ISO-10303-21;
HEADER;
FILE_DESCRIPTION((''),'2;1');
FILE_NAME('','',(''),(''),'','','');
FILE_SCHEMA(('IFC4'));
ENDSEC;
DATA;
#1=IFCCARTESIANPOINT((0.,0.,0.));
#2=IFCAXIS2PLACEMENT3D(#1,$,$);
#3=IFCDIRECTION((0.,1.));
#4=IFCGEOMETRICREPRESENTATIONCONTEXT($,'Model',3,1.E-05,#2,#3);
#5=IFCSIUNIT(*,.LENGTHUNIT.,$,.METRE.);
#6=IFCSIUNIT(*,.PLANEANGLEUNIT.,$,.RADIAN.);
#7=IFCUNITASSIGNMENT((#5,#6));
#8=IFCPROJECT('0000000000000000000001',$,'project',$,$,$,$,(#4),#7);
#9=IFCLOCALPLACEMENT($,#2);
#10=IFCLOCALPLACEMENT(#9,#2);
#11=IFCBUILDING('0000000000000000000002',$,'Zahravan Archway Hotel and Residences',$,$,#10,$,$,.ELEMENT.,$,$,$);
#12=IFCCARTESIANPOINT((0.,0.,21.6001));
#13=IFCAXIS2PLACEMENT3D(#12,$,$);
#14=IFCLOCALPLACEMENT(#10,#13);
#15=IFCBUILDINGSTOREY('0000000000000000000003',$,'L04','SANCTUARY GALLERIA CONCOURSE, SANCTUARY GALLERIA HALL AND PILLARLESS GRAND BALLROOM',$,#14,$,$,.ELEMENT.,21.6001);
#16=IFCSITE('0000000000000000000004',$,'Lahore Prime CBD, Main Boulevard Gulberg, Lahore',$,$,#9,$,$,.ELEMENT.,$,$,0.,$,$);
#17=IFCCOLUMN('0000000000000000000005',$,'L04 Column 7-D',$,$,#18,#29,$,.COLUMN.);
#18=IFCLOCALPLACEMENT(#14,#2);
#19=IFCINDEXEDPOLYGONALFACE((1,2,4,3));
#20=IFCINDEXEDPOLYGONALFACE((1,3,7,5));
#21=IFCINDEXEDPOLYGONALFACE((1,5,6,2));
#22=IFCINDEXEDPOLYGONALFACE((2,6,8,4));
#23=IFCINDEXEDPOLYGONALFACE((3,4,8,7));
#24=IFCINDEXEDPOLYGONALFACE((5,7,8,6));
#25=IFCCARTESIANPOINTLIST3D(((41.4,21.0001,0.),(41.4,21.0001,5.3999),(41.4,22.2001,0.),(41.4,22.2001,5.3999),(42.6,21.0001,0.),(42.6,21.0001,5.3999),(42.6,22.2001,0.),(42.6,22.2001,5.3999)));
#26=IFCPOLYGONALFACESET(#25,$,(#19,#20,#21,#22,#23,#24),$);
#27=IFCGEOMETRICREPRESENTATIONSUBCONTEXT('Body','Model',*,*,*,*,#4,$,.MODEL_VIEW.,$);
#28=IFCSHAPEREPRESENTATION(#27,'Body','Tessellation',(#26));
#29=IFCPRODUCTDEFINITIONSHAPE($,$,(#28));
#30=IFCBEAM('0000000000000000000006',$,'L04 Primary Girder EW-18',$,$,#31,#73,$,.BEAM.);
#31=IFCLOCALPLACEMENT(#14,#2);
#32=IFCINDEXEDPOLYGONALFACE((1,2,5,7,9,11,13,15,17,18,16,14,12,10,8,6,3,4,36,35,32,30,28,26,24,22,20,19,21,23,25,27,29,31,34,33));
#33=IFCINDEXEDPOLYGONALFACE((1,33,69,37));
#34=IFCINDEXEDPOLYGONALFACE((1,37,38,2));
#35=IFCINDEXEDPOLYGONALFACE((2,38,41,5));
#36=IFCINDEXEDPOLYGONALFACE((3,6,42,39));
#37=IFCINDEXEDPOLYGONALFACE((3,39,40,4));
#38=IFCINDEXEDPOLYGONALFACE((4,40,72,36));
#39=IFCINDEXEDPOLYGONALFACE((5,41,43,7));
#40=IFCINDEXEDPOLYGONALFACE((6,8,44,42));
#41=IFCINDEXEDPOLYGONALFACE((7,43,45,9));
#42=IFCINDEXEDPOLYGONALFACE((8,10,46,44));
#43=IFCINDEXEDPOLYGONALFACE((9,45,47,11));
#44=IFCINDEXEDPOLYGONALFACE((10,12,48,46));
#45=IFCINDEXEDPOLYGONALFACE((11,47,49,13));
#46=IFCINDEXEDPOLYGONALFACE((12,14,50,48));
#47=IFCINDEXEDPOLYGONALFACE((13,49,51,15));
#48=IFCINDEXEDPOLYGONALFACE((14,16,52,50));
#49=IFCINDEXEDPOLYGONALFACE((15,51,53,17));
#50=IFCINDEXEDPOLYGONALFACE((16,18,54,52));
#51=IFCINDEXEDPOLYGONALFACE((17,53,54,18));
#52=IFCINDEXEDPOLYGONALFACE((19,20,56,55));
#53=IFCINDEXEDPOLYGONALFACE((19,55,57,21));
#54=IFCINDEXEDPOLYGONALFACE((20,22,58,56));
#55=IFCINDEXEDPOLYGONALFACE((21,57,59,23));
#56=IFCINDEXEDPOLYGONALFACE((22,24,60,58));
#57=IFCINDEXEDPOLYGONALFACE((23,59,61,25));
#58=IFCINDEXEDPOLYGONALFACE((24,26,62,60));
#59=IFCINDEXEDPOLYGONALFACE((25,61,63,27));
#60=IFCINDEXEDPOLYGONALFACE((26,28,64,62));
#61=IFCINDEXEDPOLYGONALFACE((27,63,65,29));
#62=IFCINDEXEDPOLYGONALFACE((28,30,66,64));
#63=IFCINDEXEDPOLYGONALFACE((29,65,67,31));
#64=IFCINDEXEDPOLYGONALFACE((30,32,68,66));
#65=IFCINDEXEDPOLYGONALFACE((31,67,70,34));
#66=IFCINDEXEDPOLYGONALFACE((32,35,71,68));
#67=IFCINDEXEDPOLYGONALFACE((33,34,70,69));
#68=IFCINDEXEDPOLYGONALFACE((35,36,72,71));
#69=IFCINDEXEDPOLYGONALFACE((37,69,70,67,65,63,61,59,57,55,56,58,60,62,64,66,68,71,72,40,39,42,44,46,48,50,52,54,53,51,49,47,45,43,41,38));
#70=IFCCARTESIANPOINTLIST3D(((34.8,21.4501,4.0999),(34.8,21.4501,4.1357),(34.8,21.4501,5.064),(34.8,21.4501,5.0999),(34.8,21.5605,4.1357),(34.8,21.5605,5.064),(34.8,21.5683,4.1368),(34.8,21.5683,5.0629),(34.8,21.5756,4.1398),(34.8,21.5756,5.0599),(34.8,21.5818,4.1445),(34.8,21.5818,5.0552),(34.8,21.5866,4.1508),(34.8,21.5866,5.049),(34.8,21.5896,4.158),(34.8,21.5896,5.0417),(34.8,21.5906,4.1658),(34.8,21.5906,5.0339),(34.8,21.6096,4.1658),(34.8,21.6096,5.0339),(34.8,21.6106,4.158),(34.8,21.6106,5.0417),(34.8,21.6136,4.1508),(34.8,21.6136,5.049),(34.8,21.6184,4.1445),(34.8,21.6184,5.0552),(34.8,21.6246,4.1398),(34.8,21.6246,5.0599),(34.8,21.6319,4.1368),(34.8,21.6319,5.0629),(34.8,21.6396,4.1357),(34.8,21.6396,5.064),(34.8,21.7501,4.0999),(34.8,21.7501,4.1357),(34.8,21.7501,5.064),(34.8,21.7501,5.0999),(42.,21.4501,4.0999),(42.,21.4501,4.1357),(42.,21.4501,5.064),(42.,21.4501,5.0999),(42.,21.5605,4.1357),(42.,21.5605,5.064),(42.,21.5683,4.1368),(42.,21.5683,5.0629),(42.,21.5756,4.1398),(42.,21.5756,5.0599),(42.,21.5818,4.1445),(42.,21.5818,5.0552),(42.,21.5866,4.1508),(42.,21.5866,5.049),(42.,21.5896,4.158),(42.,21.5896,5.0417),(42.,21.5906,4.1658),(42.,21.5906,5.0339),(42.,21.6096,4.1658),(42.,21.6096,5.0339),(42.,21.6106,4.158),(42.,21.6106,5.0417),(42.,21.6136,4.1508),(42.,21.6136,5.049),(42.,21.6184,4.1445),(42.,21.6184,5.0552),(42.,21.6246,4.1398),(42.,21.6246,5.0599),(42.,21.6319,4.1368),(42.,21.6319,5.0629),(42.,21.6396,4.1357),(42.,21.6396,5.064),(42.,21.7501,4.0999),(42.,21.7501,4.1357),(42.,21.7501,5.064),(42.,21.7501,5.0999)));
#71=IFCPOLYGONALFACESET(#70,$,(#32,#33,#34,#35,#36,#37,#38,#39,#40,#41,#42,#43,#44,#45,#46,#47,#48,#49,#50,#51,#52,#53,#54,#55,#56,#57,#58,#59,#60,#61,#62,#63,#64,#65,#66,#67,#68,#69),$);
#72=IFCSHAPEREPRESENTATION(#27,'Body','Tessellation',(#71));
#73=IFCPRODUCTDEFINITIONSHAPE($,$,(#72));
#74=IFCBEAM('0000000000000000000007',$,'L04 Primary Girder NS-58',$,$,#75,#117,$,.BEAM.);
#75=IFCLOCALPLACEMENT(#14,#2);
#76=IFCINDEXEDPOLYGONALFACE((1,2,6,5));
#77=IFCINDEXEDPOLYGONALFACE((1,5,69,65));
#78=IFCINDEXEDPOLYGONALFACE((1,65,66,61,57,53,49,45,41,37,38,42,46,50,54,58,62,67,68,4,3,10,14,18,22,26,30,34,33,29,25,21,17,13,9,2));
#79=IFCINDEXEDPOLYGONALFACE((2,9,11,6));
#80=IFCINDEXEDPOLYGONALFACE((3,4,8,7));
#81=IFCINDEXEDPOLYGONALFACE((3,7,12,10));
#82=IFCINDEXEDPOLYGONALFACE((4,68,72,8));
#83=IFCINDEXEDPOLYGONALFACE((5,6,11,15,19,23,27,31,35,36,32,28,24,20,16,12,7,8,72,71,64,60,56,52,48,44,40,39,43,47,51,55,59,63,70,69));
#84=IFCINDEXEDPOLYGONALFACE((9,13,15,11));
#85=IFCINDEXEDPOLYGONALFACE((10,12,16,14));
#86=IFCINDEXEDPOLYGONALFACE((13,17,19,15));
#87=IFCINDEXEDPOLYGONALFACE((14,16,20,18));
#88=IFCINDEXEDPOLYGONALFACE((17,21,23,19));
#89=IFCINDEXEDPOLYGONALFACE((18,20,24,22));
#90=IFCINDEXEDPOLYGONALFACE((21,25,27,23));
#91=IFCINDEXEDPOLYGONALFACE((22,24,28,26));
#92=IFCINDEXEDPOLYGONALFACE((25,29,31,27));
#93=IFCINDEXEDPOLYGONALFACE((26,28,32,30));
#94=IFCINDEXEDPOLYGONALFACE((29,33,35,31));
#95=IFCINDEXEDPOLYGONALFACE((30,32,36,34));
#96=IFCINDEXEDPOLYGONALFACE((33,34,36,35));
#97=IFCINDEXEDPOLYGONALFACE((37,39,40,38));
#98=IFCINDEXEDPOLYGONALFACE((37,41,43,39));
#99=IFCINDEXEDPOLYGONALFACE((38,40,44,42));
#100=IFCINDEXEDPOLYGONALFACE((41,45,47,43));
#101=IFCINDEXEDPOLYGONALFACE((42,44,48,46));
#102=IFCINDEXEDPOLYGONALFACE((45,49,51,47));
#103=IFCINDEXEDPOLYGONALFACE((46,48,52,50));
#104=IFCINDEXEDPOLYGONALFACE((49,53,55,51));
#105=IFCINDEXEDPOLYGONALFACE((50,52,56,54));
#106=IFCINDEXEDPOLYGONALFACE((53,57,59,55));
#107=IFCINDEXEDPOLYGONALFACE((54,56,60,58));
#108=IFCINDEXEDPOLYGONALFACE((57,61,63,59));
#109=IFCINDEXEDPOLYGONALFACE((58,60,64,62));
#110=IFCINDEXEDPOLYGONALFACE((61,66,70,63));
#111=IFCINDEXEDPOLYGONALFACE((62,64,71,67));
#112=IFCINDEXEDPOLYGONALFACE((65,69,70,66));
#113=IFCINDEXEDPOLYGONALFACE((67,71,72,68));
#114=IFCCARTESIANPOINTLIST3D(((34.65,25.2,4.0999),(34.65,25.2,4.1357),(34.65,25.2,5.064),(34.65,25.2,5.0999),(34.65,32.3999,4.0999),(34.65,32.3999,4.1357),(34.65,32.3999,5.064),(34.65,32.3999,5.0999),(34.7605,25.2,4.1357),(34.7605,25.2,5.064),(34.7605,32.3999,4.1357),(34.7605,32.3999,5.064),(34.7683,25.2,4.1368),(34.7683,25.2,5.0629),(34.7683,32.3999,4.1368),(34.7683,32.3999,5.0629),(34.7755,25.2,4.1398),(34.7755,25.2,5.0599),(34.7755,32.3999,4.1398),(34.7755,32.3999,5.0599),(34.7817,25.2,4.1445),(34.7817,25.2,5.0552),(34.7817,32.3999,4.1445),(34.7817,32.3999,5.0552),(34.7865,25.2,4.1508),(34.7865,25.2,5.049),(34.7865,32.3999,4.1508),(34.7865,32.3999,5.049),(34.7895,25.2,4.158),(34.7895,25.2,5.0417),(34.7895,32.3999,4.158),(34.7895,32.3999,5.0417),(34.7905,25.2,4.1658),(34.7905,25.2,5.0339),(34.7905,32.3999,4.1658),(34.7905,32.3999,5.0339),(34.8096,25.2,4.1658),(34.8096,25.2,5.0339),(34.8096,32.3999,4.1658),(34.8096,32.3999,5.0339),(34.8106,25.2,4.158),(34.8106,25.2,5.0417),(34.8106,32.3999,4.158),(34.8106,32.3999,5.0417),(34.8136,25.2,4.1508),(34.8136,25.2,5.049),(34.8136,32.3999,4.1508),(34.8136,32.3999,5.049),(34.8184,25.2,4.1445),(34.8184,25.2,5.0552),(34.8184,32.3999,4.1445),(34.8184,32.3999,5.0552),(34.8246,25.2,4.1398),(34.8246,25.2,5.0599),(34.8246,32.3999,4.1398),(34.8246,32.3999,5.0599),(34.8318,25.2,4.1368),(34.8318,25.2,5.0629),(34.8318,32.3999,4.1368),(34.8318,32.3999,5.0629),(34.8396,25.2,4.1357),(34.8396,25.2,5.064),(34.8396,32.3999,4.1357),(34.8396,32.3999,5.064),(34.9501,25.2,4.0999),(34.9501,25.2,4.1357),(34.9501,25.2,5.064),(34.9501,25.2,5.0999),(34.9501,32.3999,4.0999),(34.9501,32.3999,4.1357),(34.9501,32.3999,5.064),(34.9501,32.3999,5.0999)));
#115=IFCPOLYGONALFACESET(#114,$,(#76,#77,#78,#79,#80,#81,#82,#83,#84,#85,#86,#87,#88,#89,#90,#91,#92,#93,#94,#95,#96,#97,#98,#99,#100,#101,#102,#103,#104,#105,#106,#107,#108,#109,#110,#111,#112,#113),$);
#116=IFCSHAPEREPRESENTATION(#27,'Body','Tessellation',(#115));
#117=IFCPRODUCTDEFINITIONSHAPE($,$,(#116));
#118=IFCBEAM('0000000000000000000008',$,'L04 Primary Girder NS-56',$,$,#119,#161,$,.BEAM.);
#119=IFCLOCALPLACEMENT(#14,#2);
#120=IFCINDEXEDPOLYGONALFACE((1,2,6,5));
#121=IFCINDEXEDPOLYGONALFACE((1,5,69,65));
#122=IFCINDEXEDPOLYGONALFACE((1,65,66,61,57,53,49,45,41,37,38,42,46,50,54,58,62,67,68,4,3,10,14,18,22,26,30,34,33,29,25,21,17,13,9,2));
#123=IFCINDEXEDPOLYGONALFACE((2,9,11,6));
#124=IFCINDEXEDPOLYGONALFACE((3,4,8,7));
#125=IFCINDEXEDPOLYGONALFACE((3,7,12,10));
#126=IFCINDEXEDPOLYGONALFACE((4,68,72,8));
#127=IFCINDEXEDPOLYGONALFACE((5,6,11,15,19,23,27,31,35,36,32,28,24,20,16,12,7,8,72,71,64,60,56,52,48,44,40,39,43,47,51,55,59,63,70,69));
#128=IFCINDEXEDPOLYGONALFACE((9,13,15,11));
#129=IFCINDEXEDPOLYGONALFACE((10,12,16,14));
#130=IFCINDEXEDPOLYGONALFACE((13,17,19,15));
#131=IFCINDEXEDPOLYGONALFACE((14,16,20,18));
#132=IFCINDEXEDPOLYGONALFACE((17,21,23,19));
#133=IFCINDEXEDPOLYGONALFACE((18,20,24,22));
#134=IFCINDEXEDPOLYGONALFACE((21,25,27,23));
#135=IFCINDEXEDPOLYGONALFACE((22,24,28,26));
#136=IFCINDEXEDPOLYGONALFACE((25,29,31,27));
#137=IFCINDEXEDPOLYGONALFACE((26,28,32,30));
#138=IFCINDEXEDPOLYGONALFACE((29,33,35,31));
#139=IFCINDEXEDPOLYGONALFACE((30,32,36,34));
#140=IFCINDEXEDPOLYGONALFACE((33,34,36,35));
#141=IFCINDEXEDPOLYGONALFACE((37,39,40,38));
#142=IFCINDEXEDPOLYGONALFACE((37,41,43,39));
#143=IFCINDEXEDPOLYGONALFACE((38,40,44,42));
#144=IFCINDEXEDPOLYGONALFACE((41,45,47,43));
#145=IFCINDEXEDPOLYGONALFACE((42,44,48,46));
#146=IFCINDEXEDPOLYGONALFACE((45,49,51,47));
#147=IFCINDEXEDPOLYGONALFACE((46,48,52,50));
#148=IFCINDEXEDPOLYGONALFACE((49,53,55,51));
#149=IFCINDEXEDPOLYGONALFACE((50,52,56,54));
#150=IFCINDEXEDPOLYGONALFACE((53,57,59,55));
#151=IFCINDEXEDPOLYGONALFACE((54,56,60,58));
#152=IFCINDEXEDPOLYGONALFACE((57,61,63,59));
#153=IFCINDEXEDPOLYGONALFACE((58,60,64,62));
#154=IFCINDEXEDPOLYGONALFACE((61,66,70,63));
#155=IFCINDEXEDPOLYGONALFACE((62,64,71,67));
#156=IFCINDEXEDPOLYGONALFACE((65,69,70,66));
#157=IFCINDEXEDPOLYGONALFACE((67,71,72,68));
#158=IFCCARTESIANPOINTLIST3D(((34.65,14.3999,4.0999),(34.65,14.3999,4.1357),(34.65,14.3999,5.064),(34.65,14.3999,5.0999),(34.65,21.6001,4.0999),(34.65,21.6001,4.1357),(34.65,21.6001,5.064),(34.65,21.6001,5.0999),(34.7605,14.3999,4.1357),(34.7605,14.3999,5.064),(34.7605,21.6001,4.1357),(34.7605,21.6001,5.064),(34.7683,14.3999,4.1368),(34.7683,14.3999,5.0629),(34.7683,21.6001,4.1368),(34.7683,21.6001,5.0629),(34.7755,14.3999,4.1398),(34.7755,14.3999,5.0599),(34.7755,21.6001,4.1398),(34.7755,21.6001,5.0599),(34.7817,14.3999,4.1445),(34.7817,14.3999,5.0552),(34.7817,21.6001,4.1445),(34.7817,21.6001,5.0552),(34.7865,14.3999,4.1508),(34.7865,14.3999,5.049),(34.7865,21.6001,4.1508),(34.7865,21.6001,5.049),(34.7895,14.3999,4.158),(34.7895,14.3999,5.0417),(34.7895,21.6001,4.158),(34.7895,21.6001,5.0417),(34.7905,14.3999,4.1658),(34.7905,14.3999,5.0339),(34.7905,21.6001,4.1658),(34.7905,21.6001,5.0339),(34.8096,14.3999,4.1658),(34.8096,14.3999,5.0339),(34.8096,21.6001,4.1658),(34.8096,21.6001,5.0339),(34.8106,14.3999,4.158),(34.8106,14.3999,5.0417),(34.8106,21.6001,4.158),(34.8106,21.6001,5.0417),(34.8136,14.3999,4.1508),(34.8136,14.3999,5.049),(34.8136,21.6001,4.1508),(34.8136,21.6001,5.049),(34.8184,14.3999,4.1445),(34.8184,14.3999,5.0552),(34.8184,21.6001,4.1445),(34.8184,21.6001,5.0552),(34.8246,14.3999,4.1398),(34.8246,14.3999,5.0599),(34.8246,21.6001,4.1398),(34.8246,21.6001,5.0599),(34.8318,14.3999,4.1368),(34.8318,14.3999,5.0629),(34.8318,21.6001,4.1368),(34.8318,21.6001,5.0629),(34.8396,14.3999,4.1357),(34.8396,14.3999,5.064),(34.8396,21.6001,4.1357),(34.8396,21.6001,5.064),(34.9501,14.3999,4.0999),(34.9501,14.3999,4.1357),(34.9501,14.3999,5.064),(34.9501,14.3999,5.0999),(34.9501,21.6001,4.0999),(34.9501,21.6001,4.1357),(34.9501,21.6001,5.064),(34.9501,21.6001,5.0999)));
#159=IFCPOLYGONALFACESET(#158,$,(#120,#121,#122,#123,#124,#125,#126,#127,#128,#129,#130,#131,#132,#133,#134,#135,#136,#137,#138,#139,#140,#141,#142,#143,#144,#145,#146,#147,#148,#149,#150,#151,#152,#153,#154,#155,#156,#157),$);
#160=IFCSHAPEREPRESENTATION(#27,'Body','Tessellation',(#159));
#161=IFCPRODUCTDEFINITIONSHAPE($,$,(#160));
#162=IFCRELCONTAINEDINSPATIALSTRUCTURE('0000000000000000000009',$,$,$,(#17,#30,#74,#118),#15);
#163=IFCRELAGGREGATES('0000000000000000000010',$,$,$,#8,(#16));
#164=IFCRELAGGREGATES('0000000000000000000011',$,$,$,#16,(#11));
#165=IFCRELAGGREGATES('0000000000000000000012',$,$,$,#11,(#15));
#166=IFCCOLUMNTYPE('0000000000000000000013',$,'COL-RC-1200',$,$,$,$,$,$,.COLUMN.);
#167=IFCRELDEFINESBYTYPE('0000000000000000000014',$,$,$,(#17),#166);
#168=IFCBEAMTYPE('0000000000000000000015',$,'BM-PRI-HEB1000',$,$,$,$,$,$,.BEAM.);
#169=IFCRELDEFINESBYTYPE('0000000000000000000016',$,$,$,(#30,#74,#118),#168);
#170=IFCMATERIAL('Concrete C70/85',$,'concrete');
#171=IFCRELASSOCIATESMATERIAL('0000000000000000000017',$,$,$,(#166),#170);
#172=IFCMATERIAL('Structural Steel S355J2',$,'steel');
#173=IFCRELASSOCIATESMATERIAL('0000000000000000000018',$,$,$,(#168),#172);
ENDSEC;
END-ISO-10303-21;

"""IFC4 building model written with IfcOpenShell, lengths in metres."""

from ifc_helpers import new_model, si_unit, direction, frame, origin, origin_2d, place, context, subcontext, project, spatial, rectangle, i_section, extrude, source, transform, mapped, material, material_profile, profile_set, type_object, element, save


model = new_model("IFC4")

# Units and contexts
model_context = context("Model", 3, precision=1e-05, world=origin(), true_north=direction((0.0, 1.0)))
body_context = subcontext(model_context, "Body", "Model", "MODEL_VIEW")
ifc_project = project(units=[si_unit("LENGTHUNIT", "METRE"), si_unit("PLANEANGLEUNIT", "RADIAN")], contexts=[model_context])

# Site, building, storey
site_placement = place(None, origin())
site = spatial("IfcSite", under=ifc_project, at=site_placement, Name="Lahore Prime CBD, Main Boulevard Gulberg, Lahore", CompositionType="ELEMENT", RefElevation=0.0)
building_placement = place(site_placement, origin())
building = spatial("IfcBuilding", under=site, at=building_placement, Name="Zahravan Archway Hotel and Residences", CompositionType="ELEMENT")
storey_placement = place(building_placement, frame((0.0, 0.0, 21.6001)))
storey = spatial("IfcBuildingStorey", under=building, at=storey_placement, Name="L04", Description="SANCTUARY GALLERIA CONCOURSE, SANCTUARY GALLERIA HALL AND PILLARLESS GRAND BALLROOM", CompositionType="ELEMENT", Elevation=21.6001)

# Column
ifc_material_1 = material(Name="Concrete C70/85", Category="concrete")
ifc_material_profile_1 = material_profile(ifc_material_1, rectangle(XDim=1.2, YDim=1.2, at=origin_2d()), Name="RC-COL-1200x1200", Category="concrete")
ifc_profile_set_1 = profile_set([ifc_material_profile_1], Name="Concrete C70/85")
column_type = type_object("IfcColumnType", Name="COL-RC-1200", PredefinedType="COLUMN", material=ifc_profile_set_1)
shared_shape_1 = source(origin(), body_context, "Body", "SweptSolid", [
    extrude(rectangle(XDim=1.2, YDim=1.2, at=origin_2d()), origin(), (0.0, 0.0, 1.0), 5.3999),
])
column_placement = place(storey_placement, frame((42.0, 21.6001, 0.0), z_axis=(0.0, 0.0, 1.0), x_axis=(1.0, 0.0, 0.0)))
element("IfcColumn", 1, at=column_placement, inside=storey, type_object=column_type, Name="L04 Column 7-D", PredefinedType="COLUMN", context=body_context, shape_type="MappedRepresentation", body=[
    mapped(shared_shape_1, transform((0.0, 0.0, 0.0), scale=1.0)),
])

# Beams
ifc_material_2 = material(Name="Structural Steel S355J2", Category="steel")
ifc_material_profile_2 = material_profile(ifc_material_2, i_section(OverallWidth=0.3, OverallDepth=1.0, WebThickness=0.019, FlangeThickness=0.0359, FilletRadius=0.03, at=origin_2d()), Name="HEB 1000", Category="steel")
ifc_profile_set_2 = profile_set([ifc_material_profile_2], Name="Structural Steel S355J2")
beam_type = type_object("IfcBeamType", Name="BM-PRI-HEB1000", PredefinedType="BEAM", material=ifc_profile_set_2)
shared_shape_2 = source(origin(), body_context, "Body", "SweptSolid", [
    extrude(i_section(OverallWidth=0.3, OverallDepth=1.0, WebThickness=0.019, FlangeThickness=0.0359, FilletRadius=0.03, at=origin_2d()), origin(), (0.0, 0.0, 1.0), 7.2),
])
for number, where, z_axis, x_axis, name in (
    (2, (34.8, 21.6001, 4.5999), (1.0, 0.0, 0.0), (0.0, 1.0, 0.0), "L04 Primary Girder EW-18"),
    (3, (34.8, 25.2, 4.5999), (0.0, 1.0, 0.0), (-1.0, 0.0, 0.0), "L04 Primary Girder NS-58"),
):
    element("IfcBeam", number, at=place(storey_placement, frame(where, z_axis=z_axis, x_axis=x_axis)), inside=storey, type_object=beam_type, Name=name, PredefinedType="BEAM", context=body_context, shape_type="MappedRepresentation", body=[
        mapped(shared_shape_2, transform((0.0, 0.0, 0.0), scale=1.0)),
    ])
shared_shape_3 = source(origin(), body_context, "Body", "SweptSolid", [
    extrude(i_section(OverallWidth=0.3, OverallDepth=1.0, WebThickness=0.019, FlangeThickness=0.0359, FilletRadius=0.03, at=origin_2d()), origin(), (0.0, 0.0, 1.0), 7.2002),
])
for number, where, z_axis, x_axis, name in (
    (4, (34.8, 14.3999, 4.5999), (0.0, 1.0, 0.0), (-1.0, 0.0, 0.0), "L04 Primary Girder NS-56"),
):
    element("IfcBeam", number, at=place(storey_placement, frame(where, z_axis=z_axis, x_axis=x_axis)), inside=storey, type_object=beam_type, Name=name, PredefinedType="BEAM", context=body_context, shape_type="MappedRepresentation", body=[
        mapped(shared_shape_3, transform((0.0, 0.0, 0.0), scale=1.0)),
    ])

save(model, "model.ifc")
